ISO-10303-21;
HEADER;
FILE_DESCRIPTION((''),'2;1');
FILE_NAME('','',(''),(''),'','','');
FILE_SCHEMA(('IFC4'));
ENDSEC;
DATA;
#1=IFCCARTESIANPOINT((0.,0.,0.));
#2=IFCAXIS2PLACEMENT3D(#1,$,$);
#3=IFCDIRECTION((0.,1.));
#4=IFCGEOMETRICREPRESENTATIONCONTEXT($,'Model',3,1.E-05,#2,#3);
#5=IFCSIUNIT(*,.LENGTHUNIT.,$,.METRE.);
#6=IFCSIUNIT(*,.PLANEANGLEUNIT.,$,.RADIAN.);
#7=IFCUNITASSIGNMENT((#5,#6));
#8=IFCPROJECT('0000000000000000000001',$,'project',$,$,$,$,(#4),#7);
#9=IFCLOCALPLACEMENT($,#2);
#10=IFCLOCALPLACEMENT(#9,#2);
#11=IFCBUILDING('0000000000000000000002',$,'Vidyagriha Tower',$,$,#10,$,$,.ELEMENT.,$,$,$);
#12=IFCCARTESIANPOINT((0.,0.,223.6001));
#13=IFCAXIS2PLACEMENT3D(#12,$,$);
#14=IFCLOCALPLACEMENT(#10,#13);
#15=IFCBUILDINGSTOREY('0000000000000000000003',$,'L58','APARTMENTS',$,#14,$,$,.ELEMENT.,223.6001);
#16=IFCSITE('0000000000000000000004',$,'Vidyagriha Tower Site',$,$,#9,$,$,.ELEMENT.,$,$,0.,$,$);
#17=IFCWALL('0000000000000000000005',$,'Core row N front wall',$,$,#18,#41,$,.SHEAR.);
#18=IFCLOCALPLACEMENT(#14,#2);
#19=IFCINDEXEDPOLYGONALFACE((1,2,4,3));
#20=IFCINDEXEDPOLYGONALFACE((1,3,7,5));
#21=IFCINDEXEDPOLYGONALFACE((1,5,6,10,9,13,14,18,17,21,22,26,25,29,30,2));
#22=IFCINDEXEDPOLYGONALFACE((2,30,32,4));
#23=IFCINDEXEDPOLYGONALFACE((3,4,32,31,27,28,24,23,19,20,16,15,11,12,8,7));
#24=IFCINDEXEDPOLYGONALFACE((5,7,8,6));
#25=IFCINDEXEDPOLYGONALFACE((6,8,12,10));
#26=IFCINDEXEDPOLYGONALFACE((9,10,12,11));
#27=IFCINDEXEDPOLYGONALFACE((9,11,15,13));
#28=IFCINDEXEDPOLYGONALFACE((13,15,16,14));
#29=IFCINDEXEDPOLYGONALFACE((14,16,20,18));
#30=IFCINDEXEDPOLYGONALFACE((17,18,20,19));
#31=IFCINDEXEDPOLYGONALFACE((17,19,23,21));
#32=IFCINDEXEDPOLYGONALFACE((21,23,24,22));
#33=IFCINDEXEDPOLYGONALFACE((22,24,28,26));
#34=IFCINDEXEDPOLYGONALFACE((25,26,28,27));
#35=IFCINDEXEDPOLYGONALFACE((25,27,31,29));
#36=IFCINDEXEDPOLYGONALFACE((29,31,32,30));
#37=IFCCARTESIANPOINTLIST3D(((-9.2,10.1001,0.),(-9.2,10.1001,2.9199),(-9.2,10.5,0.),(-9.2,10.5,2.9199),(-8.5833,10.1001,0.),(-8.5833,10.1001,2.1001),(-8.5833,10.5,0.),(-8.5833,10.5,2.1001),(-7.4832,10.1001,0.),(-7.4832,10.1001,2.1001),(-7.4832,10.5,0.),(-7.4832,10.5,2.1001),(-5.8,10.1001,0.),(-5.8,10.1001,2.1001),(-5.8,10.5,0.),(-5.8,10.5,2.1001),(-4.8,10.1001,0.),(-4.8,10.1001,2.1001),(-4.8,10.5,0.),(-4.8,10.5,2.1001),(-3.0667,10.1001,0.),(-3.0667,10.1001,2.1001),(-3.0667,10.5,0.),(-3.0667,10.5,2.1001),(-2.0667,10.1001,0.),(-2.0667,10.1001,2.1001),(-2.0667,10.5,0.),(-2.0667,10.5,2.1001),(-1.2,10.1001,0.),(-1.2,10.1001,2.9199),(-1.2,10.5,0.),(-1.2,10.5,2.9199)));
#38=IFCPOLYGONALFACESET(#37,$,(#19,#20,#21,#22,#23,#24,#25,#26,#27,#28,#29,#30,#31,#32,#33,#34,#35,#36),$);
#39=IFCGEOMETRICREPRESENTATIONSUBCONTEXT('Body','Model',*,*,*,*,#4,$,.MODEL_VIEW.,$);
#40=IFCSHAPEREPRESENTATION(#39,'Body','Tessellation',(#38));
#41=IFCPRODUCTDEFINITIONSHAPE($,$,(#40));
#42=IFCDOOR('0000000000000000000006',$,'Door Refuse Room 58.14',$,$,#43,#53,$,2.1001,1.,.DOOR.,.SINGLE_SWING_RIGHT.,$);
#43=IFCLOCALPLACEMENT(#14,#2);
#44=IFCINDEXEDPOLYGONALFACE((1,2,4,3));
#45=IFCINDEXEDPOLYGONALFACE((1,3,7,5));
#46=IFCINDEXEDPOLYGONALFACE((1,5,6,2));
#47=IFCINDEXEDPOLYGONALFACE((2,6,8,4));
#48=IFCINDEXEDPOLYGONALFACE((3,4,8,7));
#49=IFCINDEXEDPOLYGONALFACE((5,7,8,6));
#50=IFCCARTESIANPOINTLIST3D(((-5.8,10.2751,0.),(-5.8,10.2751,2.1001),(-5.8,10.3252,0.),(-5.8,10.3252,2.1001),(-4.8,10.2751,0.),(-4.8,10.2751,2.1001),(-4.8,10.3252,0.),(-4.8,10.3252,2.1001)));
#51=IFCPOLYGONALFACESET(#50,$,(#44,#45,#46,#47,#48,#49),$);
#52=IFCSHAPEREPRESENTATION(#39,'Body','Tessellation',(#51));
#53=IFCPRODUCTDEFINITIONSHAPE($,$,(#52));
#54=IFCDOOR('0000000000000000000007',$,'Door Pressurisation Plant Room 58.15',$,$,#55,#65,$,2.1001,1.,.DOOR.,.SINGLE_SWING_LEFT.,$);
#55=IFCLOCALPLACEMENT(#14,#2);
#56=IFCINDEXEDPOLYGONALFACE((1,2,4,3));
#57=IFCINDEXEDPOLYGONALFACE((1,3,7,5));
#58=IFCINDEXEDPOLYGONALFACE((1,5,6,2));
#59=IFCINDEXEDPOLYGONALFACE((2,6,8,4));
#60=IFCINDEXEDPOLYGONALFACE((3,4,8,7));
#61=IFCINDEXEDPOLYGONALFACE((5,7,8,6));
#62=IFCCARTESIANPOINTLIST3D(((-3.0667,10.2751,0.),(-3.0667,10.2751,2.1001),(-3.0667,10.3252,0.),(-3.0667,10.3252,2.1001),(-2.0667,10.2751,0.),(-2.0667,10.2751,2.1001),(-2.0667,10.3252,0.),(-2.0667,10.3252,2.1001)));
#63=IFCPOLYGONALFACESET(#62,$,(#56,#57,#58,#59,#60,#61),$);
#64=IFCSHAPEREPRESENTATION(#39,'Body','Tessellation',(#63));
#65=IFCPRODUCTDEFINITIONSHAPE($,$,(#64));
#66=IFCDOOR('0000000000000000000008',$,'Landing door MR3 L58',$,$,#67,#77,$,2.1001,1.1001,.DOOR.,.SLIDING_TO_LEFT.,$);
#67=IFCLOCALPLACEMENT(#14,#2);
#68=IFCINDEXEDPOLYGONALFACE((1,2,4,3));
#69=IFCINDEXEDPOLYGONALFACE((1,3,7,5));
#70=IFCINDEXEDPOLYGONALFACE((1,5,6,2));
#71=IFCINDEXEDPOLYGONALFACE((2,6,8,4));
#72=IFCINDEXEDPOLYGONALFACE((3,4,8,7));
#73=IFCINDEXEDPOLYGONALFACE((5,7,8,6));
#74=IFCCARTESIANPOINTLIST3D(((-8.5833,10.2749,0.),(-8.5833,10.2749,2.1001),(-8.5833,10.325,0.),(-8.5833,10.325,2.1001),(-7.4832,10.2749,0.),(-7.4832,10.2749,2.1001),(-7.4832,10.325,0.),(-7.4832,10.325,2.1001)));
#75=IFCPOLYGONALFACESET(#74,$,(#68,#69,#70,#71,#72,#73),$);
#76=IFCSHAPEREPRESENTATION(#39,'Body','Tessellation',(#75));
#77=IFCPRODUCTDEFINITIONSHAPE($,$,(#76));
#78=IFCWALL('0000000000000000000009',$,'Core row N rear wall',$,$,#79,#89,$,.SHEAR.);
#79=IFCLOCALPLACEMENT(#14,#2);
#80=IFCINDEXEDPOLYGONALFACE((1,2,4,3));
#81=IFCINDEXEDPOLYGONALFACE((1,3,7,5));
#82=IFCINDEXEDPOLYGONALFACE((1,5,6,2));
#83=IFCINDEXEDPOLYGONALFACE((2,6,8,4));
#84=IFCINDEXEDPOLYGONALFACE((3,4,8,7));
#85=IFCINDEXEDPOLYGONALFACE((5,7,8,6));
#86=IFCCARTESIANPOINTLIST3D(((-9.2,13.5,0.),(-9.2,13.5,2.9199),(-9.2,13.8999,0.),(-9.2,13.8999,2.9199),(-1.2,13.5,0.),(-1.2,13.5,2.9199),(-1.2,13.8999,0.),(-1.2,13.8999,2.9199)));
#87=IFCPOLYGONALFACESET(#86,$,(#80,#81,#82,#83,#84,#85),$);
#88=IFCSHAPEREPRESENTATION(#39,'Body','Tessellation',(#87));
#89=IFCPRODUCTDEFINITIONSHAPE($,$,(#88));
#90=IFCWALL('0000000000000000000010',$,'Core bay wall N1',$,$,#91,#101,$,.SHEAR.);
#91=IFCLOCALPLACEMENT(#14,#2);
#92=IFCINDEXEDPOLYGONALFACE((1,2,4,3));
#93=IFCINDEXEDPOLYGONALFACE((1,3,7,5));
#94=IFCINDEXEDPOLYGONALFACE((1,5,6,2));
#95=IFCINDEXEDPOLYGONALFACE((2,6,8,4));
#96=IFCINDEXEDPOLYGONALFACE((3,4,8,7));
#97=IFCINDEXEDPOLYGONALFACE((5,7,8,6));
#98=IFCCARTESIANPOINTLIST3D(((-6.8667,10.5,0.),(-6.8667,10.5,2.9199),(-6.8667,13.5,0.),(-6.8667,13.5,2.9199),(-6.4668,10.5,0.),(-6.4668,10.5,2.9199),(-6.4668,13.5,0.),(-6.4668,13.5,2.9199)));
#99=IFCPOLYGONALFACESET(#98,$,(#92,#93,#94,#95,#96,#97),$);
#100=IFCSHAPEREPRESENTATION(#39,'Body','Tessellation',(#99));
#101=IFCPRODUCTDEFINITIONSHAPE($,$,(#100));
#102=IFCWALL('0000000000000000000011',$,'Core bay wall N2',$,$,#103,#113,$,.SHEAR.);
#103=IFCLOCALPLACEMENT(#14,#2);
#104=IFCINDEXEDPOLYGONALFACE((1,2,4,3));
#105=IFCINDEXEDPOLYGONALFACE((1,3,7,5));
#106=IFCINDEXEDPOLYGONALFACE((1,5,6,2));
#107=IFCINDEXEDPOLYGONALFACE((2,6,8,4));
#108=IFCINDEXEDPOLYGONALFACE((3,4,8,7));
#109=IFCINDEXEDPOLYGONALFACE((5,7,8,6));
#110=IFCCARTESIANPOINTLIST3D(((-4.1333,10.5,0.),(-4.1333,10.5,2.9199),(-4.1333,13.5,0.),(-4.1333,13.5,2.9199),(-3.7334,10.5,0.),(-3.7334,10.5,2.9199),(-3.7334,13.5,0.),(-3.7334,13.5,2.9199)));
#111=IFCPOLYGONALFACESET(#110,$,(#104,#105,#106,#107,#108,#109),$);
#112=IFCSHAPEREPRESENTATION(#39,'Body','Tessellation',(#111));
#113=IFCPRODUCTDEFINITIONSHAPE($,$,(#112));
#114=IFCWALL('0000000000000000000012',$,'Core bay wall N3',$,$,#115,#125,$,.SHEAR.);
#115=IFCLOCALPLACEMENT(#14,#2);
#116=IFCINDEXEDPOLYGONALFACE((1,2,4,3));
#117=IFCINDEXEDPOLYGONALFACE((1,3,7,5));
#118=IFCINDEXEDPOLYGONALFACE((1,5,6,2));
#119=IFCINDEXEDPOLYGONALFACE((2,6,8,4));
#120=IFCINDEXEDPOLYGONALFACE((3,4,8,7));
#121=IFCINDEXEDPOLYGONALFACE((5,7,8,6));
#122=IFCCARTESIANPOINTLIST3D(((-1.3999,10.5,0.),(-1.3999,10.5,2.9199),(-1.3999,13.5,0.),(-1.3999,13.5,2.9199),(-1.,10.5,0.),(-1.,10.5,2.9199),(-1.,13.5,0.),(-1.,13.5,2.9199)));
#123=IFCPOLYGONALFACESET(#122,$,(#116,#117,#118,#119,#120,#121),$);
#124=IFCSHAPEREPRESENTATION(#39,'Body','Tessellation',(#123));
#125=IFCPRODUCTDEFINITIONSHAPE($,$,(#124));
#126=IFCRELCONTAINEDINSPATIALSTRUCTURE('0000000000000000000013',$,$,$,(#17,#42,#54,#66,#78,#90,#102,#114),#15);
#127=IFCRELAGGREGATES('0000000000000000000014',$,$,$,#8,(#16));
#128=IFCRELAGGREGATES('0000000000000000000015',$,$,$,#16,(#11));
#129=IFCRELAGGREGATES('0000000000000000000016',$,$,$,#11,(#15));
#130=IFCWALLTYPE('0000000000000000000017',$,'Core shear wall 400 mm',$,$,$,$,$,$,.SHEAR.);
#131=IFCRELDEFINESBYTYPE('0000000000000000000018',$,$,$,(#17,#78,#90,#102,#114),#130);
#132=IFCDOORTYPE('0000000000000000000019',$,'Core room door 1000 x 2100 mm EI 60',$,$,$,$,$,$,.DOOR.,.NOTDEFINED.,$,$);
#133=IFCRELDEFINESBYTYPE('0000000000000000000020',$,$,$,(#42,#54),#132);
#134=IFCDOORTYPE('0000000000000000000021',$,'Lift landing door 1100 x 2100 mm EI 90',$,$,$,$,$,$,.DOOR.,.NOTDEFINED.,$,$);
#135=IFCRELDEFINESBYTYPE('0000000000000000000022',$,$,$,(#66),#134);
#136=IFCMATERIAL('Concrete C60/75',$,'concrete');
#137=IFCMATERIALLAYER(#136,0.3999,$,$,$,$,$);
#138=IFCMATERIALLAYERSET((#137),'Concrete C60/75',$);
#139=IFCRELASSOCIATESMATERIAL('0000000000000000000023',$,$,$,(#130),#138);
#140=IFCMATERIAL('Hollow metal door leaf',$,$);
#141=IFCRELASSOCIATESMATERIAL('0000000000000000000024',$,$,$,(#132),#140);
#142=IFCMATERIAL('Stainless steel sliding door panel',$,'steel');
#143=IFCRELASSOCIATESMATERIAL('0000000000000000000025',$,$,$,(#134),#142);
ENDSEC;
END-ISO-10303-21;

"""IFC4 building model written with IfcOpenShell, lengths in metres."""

from ifc_helpers import new_model, si_unit, direction, frame, frame_2d, origin, place, context, subcontext, project, spatial, rectangle, extrude, material, layer, layer_set, type_object, element, fill, save


model = new_model("IFC4")

# Units and contexts
model_context = context("Model", 3, precision=1e-05, world=origin(), true_north=direction((0.0, 1.0)))
body_context = subcontext(model_context, "Body", "Model", "MODEL_VIEW")
ifc_project = project(units=[si_unit("LENGTHUNIT", "METRE"), si_unit("PLANEANGLEUNIT", "RADIAN")], contexts=[model_context])

# Site, building, storey
site_placement = place(None, origin())
site = spatial("IfcSite", under=ifc_project, at=site_placement, Name="Vidyagriha Tower Site", CompositionType="ELEMENT", RefElevation=0.0)
building_placement = place(site_placement, origin())
building = spatial("IfcBuilding", under=site, at=building_placement, Name="Vidyagriha Tower", CompositionType="ELEMENT")
storey_placement = place(building_placement, frame((0.0, 0.0, 223.6001)))
storey = spatial("IfcBuildingStorey", under=building, at=storey_placement, Name="L58", Description="APARTMENTS", CompositionType="ELEMENT", Elevation=223.6001)

# Wall, openings, doors
ifc_material_1 = material(Name="Concrete C60/75", Category="concrete")
ifc_layer_1 = layer(ifc_material_1, 0.3999)
ifc_layer_set_1 = layer_set([ifc_layer_1], Name="Concrete C60/75")
wall_type_1 = type_object("IfcWallType", Name="Core shear wall 400 mm", PredefinedType="SHEAR", material=ifc_layer_set_1)
ifc_material_2 = material(Name="Hollow metal door leaf")
door_type_1 = type_object("IfcDoorType", Name="Core room door 1000 x 2100 mm EI 60", OperationType="NOTDEFINED", PredefinedType="DOOR", material=ifc_material_2)
wall_1_placement = place(storey_placement, frame((-9.2, 10.3, 0.0)))
wall_1 = element("IfcWall", 1, at=wall_1_placement, inside=storey, type_object=wall_type_1, Name="Core row N front wall", PredefinedType="SHEAR", context=body_context, shape_type="SweptSolid", body=[
    extrude(rectangle(XDim=8.0, YDim=0.3999, at=frame_2d((4.0, 0.0))), origin(), (0.0, 0.0, 1.0), 2.9199),
])
opening_1_placement = place(wall_1_placement, frame((0.6167, 0.0, 0.0)))
opening_1 = element("IfcOpeningElement", 2, at=opening_1_placement, cuts=wall_1, PredefinedType="OPENING", context=body_context, shape_type="SweptSolid", body=[
    extrude(rectangle(XDim=1.1001, YDim=2.1001, at=frame_2d((0.55, 1.05))), frame((0.0, 0.21, 0.0), z_axis=(0.0, -1.0, 0.0), x_axis=(1.0, 0.0, 0.0)), (0.0, 0.0, 1.0), 0.4199),
])
opening_2_placement = place(wall_1_placement, frame((3.3999, 0.0, 0.0)))
opening_2 = element("IfcOpeningElement", 3, at=opening_2_placement, cuts=wall_1, PredefinedType="OPENING", context=body_context, shape_type="SweptSolid", body=[
    extrude(rectangle(XDim=1.0, YDim=2.1001, at=frame_2d((0.5, 1.05))), frame((0.0, 0.21, 0.0), z_axis=(0.0, -1.0, 0.0), x_axis=(1.0, 0.0, 0.0)), (0.0, 0.0, 1.0), 0.4199),
])
opening_3_placement = place(wall_1_placement, frame((6.1333, 0.0, 0.0)))
opening_3 = element("IfcOpeningElement", 4, at=opening_3_placement, cuts=wall_1, PredefinedType="OPENING", context=body_context, shape_type="SweptSolid", body=[
    extrude(rectangle(XDim=1.0, YDim=2.1001, at=frame_2d((0.5, 1.05))), frame((0.0, 0.21, 0.0), z_axis=(0.0, -1.0, 0.0), x_axis=(1.0, 0.0, 0.0)), (0.0, 0.0, 1.0), 0.4199),
])
door_1_placement = place(opening_2_placement, frame((1.0, 0.0, 0.0), z_axis=(0.0, 0.0, 1.0), x_axis=(-1.0, 0.0, 0.0)))
door_1 = element("IfcDoor", 5, at=door_1_placement, inside=storey, type_object=door_type_1, Name="Door Refuse Room 58.14", OperationType="SINGLE_SWING_RIGHT", OverallHeight=2.1001, OverallWidth=1.0, PredefinedType="DOOR", context=body_context, shape_type="SweptSolid", body=[
    extrude(rectangle(XDim=1.0, YDim=2.1001, at=frame_2d((0.5, 1.05))), frame((0.0, 0.0249, 0.0), z_axis=(0.0, -1.0, 0.0), x_axis=(1.0, 0.0, 0.0)), (0.0, 0.0, 1.0), 0.05),
])
fill(opening_2, door_1)
door_2_placement = place(opening_3_placement, frame((1.0, 0.0, 0.0), z_axis=(0.0, 0.0, 1.0), x_axis=(-1.0, 0.0, 0.0)))
door_2 = element("IfcDoor", 6, at=door_2_placement, inside=storey, type_object=door_type_1, Name="Door Pressurisation Plant Room 58.15", OperationType="SINGLE_SWING_LEFT", OverallHeight=2.1001, OverallWidth=1.0, PredefinedType="DOOR", context=body_context, shape_type="SweptSolid", body=[
    extrude(rectangle(XDim=1.0, YDim=2.1001, at=frame_2d((0.5, 1.05))), frame((0.0, 0.0249, 0.0), z_axis=(0.0, -1.0, 0.0), x_axis=(1.0, 0.0, 0.0)), (0.0, 0.0, 1.0), 0.05),
])
fill(opening_3, door_2)
ifc_material_3 = material(Name="Stainless steel sliding door panel", Category="steel")
door_type_2 = type_object("IfcDoorType", Name="Lift landing door 1100 x 2100 mm EI 90", OperationType="NOTDEFINED", PredefinedType="DOOR", material=ifc_material_3)
door_3_placement = place(opening_1_placement, origin())
door_3 = element("IfcDoor", 7, at=door_3_placement, inside=storey, type_object=door_type_2, Name="Landing door MR3 L58", OperationType="SLIDING_TO_LEFT", OverallHeight=2.1001, OverallWidth=1.1001, PredefinedType="DOOR", context=body_context, shape_type="SweptSolid", body=[
    extrude(rectangle(XDim=1.1001, YDim=2.1001, at=frame_2d((0.55, 1.05))), frame((0.0, 0.0249, 0.0), z_axis=(0.0, -1.0, 0.0), x_axis=(1.0, 0.0, 0.0)), (0.0, 0.0, 1.0), 0.05),
])
fill(opening_1, door_3)

# Walls
wall_2_placement = place(storey_placement, frame((-9.2, 13.7, 0.0)))
element("IfcWall", 8, at=wall_2_placement, inside=storey, type_object=wall_type_1, Name="Core row N rear wall", PredefinedType="SHEAR", context=body_context, shape_type="SweptSolid", body=[
    extrude(rectangle(XDim=8.0, YDim=0.3999, at=frame_2d((4.0, 0.0))), origin(), (0.0, 0.0, 1.0), 2.9199),
])
for number, where, z_axis, x_axis, name in (
    (9, (-6.6667, 10.5, 0.0), (0.0, 0.0, 1.0), (0.0, 1.0, 0.0), "Core bay wall N1"),
    (10, (-3.9333, 10.5, 0.0), (0.0, 0.0, 1.0), (0.0, 1.0, 0.0), "Core bay wall N2"),
    (11, (-1.2, 10.5, 0.0), (0.0, 0.0, 1.0), (0.0, 1.0, 0.0), "Core bay wall N3"),
):
    element("IfcWall", number, at=place(storey_placement, frame(where, z_axis=z_axis, x_axis=x_axis)), inside=storey, type_object=wall_type_1, Name=name, PredefinedType="SHEAR", context=body_context, shape_type="SweptSolid", body=[
        extrude(rectangle(XDim=3.0, YDim=0.3999, at=frame_2d((1.5, 0.0))), origin(), (0.0, 0.0, 1.0), 2.9199),
    ])

save(model, "model.ifc")
